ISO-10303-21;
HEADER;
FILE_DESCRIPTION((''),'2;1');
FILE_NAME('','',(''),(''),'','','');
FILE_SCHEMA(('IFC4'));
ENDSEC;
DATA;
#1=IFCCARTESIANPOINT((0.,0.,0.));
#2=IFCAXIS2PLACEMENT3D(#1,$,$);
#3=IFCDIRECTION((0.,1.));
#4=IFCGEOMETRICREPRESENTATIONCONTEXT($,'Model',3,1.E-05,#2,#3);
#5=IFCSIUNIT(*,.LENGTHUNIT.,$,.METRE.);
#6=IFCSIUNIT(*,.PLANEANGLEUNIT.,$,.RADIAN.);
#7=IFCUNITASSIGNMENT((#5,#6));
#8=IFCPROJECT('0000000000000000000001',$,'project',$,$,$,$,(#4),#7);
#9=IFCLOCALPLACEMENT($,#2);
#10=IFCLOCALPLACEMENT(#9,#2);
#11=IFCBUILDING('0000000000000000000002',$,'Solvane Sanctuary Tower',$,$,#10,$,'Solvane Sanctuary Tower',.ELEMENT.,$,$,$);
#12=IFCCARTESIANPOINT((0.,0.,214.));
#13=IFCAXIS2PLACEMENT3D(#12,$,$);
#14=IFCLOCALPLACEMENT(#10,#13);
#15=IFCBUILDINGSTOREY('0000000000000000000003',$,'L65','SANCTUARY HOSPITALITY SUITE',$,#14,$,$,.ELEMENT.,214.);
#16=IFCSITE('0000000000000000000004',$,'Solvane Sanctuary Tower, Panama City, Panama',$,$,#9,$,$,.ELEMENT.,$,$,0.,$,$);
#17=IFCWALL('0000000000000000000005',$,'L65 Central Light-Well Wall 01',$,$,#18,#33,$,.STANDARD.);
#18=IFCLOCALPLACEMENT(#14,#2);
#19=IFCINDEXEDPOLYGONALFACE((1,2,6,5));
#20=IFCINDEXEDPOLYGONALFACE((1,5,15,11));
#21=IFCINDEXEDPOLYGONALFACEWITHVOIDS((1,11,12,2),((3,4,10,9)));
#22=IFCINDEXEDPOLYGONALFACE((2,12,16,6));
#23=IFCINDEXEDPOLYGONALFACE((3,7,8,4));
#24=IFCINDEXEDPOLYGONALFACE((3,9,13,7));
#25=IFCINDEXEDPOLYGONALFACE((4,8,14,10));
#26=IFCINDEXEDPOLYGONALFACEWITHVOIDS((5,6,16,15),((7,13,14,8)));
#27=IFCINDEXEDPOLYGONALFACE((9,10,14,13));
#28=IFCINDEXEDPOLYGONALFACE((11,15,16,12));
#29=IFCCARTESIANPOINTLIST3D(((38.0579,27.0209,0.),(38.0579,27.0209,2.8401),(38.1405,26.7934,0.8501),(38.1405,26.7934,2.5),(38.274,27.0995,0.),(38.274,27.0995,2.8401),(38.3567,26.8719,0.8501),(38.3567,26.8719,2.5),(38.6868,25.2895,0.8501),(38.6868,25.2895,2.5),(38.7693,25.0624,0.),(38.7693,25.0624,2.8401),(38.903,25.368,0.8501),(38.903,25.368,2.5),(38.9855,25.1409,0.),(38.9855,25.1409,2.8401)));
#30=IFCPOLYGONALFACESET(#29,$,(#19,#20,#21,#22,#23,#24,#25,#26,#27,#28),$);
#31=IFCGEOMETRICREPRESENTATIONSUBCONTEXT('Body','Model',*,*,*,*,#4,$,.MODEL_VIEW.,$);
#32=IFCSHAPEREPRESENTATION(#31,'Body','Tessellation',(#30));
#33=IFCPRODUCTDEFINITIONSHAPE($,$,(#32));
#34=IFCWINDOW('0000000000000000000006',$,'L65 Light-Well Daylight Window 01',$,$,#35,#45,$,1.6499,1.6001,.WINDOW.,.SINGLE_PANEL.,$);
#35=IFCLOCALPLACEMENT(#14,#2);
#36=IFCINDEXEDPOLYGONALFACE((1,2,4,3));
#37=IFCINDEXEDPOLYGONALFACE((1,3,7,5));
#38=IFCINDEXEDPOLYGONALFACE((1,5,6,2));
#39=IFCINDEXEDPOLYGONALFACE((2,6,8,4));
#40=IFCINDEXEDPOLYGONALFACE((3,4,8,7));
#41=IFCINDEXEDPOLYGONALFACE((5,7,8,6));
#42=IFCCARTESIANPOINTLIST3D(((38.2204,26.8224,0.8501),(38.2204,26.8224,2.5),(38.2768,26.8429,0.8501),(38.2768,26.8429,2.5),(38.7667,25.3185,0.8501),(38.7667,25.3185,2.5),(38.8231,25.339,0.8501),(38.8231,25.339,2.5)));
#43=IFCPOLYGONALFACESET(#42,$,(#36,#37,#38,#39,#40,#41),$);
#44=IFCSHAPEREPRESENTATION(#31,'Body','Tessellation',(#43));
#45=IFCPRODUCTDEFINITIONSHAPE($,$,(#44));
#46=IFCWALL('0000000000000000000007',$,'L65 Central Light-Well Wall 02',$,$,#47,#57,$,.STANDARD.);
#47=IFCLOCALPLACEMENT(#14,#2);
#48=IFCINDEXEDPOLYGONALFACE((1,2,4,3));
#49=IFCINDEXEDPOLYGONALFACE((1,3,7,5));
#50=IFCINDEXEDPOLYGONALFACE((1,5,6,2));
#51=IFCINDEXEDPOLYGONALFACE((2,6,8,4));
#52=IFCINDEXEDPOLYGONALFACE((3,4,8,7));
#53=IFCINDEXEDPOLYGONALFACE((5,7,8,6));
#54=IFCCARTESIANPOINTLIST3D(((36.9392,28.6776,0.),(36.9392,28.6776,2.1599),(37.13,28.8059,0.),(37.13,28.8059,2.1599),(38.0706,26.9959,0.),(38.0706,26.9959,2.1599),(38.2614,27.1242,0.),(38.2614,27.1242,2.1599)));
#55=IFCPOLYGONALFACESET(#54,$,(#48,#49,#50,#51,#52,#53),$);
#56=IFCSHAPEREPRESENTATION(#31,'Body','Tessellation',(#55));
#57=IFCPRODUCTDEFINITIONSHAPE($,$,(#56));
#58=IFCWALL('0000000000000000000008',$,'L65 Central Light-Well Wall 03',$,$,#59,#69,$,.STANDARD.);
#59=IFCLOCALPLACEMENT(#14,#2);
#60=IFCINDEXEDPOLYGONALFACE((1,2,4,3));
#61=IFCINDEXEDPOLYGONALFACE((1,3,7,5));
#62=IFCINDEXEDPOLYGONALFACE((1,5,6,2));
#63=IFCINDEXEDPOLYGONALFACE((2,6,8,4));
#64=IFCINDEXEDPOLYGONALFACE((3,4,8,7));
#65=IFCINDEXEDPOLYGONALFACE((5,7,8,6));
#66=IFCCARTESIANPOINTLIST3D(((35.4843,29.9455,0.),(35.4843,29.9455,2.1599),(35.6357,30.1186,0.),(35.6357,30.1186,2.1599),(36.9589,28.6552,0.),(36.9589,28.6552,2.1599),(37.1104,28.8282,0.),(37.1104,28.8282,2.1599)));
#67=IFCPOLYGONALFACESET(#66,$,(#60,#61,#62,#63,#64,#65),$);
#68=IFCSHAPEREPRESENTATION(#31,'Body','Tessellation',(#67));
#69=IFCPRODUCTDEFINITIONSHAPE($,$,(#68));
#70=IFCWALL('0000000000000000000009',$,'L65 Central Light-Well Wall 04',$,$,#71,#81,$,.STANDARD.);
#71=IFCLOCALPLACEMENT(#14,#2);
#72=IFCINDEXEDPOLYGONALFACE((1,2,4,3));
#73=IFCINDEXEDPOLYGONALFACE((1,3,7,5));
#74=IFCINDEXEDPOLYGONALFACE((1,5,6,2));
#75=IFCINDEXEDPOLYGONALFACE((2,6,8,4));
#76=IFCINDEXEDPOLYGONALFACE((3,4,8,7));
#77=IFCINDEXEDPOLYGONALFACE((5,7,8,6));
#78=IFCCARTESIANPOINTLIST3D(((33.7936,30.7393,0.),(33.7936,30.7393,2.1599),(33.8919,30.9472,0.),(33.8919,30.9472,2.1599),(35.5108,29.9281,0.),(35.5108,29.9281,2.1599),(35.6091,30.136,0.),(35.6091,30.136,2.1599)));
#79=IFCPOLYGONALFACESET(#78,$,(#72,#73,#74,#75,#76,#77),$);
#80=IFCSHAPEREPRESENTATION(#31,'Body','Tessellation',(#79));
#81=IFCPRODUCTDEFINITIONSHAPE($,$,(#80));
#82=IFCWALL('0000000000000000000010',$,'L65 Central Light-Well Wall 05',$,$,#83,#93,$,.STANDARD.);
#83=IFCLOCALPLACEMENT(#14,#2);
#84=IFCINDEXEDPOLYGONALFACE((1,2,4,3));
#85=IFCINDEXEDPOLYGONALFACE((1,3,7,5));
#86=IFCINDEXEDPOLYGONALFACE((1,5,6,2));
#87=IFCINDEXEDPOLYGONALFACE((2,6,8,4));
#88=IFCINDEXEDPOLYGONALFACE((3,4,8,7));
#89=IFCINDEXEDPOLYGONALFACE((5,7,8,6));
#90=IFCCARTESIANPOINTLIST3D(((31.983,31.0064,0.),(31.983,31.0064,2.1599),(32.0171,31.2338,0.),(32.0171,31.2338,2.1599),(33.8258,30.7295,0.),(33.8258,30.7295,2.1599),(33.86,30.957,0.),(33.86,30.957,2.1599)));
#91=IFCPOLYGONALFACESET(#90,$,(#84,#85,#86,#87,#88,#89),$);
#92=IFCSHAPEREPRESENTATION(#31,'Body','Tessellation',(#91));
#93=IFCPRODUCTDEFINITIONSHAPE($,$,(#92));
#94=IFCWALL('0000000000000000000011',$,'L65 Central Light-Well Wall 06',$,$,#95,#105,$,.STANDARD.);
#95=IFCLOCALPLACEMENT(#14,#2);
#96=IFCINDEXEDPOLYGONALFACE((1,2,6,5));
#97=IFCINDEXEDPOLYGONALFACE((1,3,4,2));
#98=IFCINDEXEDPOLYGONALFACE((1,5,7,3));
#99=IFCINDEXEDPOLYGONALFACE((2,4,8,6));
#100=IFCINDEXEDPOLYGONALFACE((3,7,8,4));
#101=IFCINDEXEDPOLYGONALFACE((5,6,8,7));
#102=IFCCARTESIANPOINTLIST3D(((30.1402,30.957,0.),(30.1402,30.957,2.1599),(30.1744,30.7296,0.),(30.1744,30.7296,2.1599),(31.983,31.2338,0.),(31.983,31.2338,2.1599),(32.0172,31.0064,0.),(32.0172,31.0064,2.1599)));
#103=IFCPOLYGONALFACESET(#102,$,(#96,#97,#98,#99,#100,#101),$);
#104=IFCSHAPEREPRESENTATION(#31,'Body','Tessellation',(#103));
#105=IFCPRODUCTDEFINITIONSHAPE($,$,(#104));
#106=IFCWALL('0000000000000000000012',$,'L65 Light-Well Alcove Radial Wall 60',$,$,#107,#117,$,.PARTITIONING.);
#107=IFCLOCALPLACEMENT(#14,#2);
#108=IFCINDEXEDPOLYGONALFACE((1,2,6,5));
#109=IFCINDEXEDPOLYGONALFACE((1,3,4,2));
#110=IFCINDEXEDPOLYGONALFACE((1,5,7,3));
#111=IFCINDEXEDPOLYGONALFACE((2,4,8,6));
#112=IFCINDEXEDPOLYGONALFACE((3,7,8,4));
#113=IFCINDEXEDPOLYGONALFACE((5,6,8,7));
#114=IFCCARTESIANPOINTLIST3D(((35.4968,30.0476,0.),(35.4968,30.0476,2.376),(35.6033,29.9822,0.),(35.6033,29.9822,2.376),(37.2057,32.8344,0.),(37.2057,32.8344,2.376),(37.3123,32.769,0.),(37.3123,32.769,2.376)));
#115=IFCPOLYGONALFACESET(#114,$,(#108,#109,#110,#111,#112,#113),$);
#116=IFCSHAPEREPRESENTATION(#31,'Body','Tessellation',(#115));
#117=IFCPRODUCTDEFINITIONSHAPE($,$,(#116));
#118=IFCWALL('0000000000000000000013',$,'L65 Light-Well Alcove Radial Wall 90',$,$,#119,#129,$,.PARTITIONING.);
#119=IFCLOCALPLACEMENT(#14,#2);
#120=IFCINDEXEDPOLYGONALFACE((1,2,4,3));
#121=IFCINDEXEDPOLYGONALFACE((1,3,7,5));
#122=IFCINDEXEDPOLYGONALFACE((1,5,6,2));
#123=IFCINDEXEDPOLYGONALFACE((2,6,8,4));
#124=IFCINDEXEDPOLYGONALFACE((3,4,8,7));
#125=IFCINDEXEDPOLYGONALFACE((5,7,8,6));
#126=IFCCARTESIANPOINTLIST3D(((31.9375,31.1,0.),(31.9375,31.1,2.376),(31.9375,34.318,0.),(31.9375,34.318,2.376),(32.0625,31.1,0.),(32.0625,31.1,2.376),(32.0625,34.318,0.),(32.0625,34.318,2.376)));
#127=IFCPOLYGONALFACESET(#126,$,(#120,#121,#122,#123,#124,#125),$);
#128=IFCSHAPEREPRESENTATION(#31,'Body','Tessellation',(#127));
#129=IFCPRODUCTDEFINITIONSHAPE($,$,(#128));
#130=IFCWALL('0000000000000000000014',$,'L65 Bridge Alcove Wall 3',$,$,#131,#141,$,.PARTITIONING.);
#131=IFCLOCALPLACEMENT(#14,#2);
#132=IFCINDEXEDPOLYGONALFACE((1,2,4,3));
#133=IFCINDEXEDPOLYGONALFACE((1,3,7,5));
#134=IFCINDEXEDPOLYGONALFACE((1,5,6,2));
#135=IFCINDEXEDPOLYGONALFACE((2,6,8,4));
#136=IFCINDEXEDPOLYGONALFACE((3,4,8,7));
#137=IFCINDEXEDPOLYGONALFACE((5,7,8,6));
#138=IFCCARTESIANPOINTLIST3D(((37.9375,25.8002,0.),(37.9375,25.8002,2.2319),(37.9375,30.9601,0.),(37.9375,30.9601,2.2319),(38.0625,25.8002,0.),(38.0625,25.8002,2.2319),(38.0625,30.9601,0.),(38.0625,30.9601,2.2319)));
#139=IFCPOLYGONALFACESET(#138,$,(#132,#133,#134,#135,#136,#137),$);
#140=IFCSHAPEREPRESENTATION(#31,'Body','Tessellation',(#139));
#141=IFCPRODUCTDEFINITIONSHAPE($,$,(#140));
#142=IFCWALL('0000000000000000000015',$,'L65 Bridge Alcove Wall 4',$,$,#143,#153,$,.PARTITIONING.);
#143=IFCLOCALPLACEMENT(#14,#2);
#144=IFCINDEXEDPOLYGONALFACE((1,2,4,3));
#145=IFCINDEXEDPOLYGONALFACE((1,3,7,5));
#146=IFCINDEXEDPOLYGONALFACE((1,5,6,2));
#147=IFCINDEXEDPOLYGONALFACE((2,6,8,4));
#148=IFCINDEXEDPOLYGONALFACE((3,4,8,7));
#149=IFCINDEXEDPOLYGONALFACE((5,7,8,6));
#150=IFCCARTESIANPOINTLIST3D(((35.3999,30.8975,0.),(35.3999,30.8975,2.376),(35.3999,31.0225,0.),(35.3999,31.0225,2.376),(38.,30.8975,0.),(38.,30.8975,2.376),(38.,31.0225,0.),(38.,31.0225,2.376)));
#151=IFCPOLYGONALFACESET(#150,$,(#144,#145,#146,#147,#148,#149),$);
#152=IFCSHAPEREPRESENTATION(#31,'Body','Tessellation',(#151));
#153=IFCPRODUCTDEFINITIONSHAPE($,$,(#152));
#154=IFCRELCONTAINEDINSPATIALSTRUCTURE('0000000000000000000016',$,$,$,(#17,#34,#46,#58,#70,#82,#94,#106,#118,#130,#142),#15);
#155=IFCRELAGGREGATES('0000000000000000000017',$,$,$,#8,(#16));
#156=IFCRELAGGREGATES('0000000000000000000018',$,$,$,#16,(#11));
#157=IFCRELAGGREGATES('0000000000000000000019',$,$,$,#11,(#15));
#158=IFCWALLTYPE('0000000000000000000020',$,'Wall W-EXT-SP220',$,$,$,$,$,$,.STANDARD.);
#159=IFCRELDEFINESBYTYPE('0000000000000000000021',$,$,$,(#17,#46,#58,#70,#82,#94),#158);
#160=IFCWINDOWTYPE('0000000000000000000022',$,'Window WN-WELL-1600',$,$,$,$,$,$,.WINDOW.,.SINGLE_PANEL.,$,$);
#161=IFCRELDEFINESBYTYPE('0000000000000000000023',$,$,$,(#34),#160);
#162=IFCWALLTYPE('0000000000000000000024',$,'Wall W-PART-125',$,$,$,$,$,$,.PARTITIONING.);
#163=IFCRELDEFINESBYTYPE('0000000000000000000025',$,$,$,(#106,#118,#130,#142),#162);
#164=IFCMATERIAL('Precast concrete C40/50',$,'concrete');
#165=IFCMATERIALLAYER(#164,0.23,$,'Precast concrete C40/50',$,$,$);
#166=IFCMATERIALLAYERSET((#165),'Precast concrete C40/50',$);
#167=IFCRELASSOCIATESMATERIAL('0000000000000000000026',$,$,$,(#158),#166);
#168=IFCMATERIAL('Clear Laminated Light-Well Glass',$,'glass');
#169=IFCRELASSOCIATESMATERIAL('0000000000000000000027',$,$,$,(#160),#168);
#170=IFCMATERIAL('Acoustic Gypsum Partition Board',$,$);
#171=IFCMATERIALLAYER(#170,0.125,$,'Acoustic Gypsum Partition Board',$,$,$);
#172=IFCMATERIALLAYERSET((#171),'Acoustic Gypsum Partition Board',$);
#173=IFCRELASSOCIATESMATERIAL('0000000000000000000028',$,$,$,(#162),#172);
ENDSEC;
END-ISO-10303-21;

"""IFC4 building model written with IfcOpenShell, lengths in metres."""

from ifc_helpers import new_model, si_unit, direction, frame, frame_2d, origin, place, context, subcontext, project, spatial, rectangle, extrude, material, layer, layer_set, type_object, element, fill, save


model = new_model("IFC4")

# Units and contexts
model_context = context("Model", 3, precision=1e-05, world=origin(), true_north=direction((0.0, 1.0)))
body_context = subcontext(model_context, "Body", "Model", "MODEL_VIEW")
ifc_project = project(units=[si_unit("LENGTHUNIT", "METRE"), si_unit("PLANEANGLEUNIT", "RADIAN")], contexts=[model_context])

# Site, building, storey
site_placement = place(None, origin())
site = spatial("IfcSite", under=ifc_project, at=site_placement, Name="Solvane Sanctuary Tower, Panama City, Panama", CompositionType="ELEMENT", RefElevation=0.0)
building_placement = place(site_placement, origin())
building = spatial("IfcBuilding", under=site, at=building_placement, Name="Solvane Sanctuary Tower", LongName="Solvane Sanctuary Tower", CompositionType="ELEMENT")
storey_placement = place(building_placement, frame((0.0, 0.0, 214.0)))
storey = spatial("IfcBuildingStorey", under=building, at=storey_placement, Name="L65", Description="SANCTUARY HOSPITALITY SUITE", CompositionType="ELEMENT", Elevation=214.0)

# Shared definitions
ifc_material_1 = material(Name="Acoustic Gypsum Partition Board")
ifc_material_2 = material(Name="Precast concrete C40/50", Category="concrete")
ifc_layer_1 = layer(ifc_material_2, 0.23, Name="Precast concrete C40/50")
ifc_layer_set_1 = layer_set([ifc_layer_1], Name="Precast concrete C40/50")
wall_type_1 = type_object("IfcWallType", Name="Wall W-EXT-SP220", PredefinedType="STANDARD", material=ifc_layer_set_1)

# Wall, opening, window
wall_1_placement = place(storey_placement, frame((38.8774, 25.1016, 0.0), z_axis=(0.0, 0.0, 1.0), x_axis=(-0.341423, 0.93991, 0.0)))
wall_1 = element("IfcWall", 1, at=wall_1_placement, inside=storey, type_object=wall_type_1, Name="L65 Central Light-Well Wall 01", PredefinedType="STANDARD", context=body_context, shape_type="SweptSolid", body=[
    extrude(rectangle(XDim=2.0837, YDim=0.23, at=frame_2d((1.042, 0.0))), origin(), (0.0, 0.0, 1.0), 2.8401),
])
opening_placement = place(wall_1_placement, frame((0.2417, 0.0, 0.8501)))
opening = element("IfcOpeningElement", 2, at=opening_placement, cuts=wall_1, PredefinedType="OPENING", context=body_context, shape_type="SweptSolid", body=[
    extrude(rectangle(XDim=1.6001, YDim=1.6499, at=frame_2d((0.8, 0.825))), frame((0.0, 0.125, 0.0), z_axis=(0.0, -1.0, 0.0), x_axis=(1.0, 0.0, 0.0)), (0.0, 0.0, 1.0), 0.25),
])
ifc_material_3 = material(Name="Clear Laminated Light-Well Glass", Category="glass")
window_type = type_object("IfcWindowType", Name="Window WN-WELL-1600", PartitioningType="SINGLE_PANEL", PredefinedType="WINDOW", material=ifc_material_3)
window_placement = place(opening_placement, origin())
window = element("IfcWindow", 3, at=window_placement, inside=storey, type_object=window_type, Name="L65 Light-Well Daylight Window 01", OverallHeight=1.6499, OverallWidth=1.6001, PartitioningType="SINGLE_PANEL", PredefinedType="WINDOW", context=body_context, shape_type="SweptSolid", body=[
    extrude(rectangle(XDim=1.6001, YDim=1.6499, at=frame_2d((0.8, 0.825))), frame((0.0, 0.03, 0.0), z_axis=(0.0, -1.0, 0.0), x_axis=(1.0, 0.0, 0.0)), (0.0, 0.0, 1.0), 0.0601),
])
fill(opening, window)

# Walls
wall_2_placement = place(storey_placement, frame((38.166, 27.0601, 0.0), z_axis=(0.0, 0.0, 1.0), x_axis=(-0.558198, 0.829708, 0.0)))
element("IfcWall", 4, at=wall_2_placement, inside=storey, type_object=wall_type_1, Name="L65 Central Light-Well Wall 02", PredefinedType="STANDARD", context=body_context, shape_type="SweptSolid", body=[
    extrude(rectangle(XDim=2.0269, YDim=0.23, at=frame_2d((1.0134, 0.0))), origin(), (0.0, 0.0, 1.0), 2.1599),
])
wall_3_placement = place(storey_placement, frame((37.0347, 28.7417, 0.0), z_axis=(0.0, 0.0, 1.0), x_axis=(-0.752577, 0.658505, 0.0)))
element("IfcWall", 5, at=wall_3_placement, inside=storey, type_object=wall_type_1, Name="L65 Central Light-Well Wall 03", PredefinedType="STANDARD", context=body_context, shape_type="SweptSolid", body=[
    extrude(rectangle(XDim=1.9595, YDim=0.23, at=frame_2d((0.9797, 0.0))), origin(), (0.0, 0.0, 1.0), 2.1599),
])
wall_4_placement = place(storey_placement, frame((35.5601, 30.032, 0.0), z_axis=(0.0, 0.0, 1.0), x_axis=(-0.90418, 0.427152, 0.0)))
element("IfcWall", 6, at=wall_4_placement, inside=storey, type_object=wall_type_1, Name="L65 Central Light-Well Wall 04", PredefinedType="STANDARD", context=body_context, shape_type="SweptSolid", body=[
    extrude(rectangle(XDim=1.8992, YDim=0.23, at=frame_2d((0.9497, 0.0))), origin(), (0.0, 0.0, 1.0), 2.1599),
])
for number, where, z_axis, x_axis, name in (
    (7, (33.8428, 30.8433, 0.0), (0.0, 0.0, 1.0), (-0.988902, 0.148571, 0.0), "L65 Central Light-Well Wall 05"),
    (8, (32.0, 31.1201, 0.0), (0.0, 0.0, 1.0), (-0.988902, -0.148571, 0.0), "L65 Central Light-Well Wall 06"),
):
    element("IfcWall", number, at=place(storey_placement, frame(where, z_axis=z_axis, x_axis=x_axis)), inside=storey, type_object=wall_type_1, Name=name, PredefinedType="STANDARD", context=body_context, shape_type="SweptSolid", body=[
        extrude(rectangle(XDim=1.8635, YDim=0.23, at=frame_2d((0.9316, 0.0))), origin(), (0.0, 0.0, 1.0), 2.1599),
    ])
ifc_layer_2 = layer(ifc_material_1, 0.125, Name="Acoustic Gypsum Partition Board")
ifc_layer_set_2 = layer_set([ifc_layer_2], Name="Acoustic Gypsum Partition Board")
wall_type_2 = type_object("IfcWallType", Name="Wall W-PART-125", PredefinedType="PARTITIONING", material=ifc_layer_set_2)
wall_5_placement = place(storey_placement, frame((35.55, 30.0149, 0.0), z_axis=(0.0, 0.0, 1.0), x_axis=(0.522763, 0.852478, 0.0)))
element("IfcWall", 9, at=wall_5_placement, inside=storey, type_object=wall_type_2, Name="L65 Light-Well Alcove Radial Wall 60", PredefinedType="PARTITIONING", context=body_context, shape_type="SweptSolid", body=[
    extrude(rectangle(XDim=3.269, YDim=0.125, at=frame_2d((1.6345, 0.0))), origin(), (0.0, 0.0, 1.0), 2.376),
])
wall_6_placement = place(storey_placement, frame((32.0, 31.1001, 0.0), z_axis=(0.0, 0.0, 1.0), x_axis=(0.0, 1.0, 0.0)))
element("IfcWall", 10, at=wall_6_placement, inside=storey, type_object=wall_type_2, Name="L65 Light-Well Alcove Radial Wall 90", PredefinedType="PARTITIONING", context=body_context, shape_type="SweptSolid", body=[
    extrude(rectangle(XDim=3.218, YDim=0.125, at=frame_2d((1.6089, 0.0))), origin(), (0.0, 0.0, 1.0), 2.376),
])
wall_7_placement = place(storey_placement, frame((38.0, 25.8, 0.0), z_axis=(0.0, 0.0, 1.0), x_axis=(0.0, 1.0, 0.0)))
element("IfcWall", 11, at=wall_7_placement, inside=storey, type_object=wall_type_2, Name="L65 Bridge Alcove Wall 3", PredefinedType="PARTITIONING", context=body_context, shape_type="SweptSolid", body=[
    extrude(rectangle(XDim=5.1599, YDim=0.125, at=frame_2d((2.5801, 0.0))), origin(), (0.0, 0.0, 1.0), 2.2319),
])
wall_8_placement = place(storey_placement, frame((35.3999, 30.96, 0.0), z_axis=(0.0, 0.0, 1.0), x_axis=(1.0, 0.0, 0.0)))
element("IfcWall", 12, at=wall_8_placement, inside=storey, type_object=wall_type_2, Name="L65 Bridge Alcove Wall 4", PredefinedType="PARTITIONING", context=body_context, shape_type="SweptSolid", body=[
    extrude(rectangle(XDim=2.6001, YDim=0.125, at=frame_2d((1.3, 0.0))), origin(), (0.0, 0.0, 1.0), 2.376),
])

save(model, "model.ifc")
